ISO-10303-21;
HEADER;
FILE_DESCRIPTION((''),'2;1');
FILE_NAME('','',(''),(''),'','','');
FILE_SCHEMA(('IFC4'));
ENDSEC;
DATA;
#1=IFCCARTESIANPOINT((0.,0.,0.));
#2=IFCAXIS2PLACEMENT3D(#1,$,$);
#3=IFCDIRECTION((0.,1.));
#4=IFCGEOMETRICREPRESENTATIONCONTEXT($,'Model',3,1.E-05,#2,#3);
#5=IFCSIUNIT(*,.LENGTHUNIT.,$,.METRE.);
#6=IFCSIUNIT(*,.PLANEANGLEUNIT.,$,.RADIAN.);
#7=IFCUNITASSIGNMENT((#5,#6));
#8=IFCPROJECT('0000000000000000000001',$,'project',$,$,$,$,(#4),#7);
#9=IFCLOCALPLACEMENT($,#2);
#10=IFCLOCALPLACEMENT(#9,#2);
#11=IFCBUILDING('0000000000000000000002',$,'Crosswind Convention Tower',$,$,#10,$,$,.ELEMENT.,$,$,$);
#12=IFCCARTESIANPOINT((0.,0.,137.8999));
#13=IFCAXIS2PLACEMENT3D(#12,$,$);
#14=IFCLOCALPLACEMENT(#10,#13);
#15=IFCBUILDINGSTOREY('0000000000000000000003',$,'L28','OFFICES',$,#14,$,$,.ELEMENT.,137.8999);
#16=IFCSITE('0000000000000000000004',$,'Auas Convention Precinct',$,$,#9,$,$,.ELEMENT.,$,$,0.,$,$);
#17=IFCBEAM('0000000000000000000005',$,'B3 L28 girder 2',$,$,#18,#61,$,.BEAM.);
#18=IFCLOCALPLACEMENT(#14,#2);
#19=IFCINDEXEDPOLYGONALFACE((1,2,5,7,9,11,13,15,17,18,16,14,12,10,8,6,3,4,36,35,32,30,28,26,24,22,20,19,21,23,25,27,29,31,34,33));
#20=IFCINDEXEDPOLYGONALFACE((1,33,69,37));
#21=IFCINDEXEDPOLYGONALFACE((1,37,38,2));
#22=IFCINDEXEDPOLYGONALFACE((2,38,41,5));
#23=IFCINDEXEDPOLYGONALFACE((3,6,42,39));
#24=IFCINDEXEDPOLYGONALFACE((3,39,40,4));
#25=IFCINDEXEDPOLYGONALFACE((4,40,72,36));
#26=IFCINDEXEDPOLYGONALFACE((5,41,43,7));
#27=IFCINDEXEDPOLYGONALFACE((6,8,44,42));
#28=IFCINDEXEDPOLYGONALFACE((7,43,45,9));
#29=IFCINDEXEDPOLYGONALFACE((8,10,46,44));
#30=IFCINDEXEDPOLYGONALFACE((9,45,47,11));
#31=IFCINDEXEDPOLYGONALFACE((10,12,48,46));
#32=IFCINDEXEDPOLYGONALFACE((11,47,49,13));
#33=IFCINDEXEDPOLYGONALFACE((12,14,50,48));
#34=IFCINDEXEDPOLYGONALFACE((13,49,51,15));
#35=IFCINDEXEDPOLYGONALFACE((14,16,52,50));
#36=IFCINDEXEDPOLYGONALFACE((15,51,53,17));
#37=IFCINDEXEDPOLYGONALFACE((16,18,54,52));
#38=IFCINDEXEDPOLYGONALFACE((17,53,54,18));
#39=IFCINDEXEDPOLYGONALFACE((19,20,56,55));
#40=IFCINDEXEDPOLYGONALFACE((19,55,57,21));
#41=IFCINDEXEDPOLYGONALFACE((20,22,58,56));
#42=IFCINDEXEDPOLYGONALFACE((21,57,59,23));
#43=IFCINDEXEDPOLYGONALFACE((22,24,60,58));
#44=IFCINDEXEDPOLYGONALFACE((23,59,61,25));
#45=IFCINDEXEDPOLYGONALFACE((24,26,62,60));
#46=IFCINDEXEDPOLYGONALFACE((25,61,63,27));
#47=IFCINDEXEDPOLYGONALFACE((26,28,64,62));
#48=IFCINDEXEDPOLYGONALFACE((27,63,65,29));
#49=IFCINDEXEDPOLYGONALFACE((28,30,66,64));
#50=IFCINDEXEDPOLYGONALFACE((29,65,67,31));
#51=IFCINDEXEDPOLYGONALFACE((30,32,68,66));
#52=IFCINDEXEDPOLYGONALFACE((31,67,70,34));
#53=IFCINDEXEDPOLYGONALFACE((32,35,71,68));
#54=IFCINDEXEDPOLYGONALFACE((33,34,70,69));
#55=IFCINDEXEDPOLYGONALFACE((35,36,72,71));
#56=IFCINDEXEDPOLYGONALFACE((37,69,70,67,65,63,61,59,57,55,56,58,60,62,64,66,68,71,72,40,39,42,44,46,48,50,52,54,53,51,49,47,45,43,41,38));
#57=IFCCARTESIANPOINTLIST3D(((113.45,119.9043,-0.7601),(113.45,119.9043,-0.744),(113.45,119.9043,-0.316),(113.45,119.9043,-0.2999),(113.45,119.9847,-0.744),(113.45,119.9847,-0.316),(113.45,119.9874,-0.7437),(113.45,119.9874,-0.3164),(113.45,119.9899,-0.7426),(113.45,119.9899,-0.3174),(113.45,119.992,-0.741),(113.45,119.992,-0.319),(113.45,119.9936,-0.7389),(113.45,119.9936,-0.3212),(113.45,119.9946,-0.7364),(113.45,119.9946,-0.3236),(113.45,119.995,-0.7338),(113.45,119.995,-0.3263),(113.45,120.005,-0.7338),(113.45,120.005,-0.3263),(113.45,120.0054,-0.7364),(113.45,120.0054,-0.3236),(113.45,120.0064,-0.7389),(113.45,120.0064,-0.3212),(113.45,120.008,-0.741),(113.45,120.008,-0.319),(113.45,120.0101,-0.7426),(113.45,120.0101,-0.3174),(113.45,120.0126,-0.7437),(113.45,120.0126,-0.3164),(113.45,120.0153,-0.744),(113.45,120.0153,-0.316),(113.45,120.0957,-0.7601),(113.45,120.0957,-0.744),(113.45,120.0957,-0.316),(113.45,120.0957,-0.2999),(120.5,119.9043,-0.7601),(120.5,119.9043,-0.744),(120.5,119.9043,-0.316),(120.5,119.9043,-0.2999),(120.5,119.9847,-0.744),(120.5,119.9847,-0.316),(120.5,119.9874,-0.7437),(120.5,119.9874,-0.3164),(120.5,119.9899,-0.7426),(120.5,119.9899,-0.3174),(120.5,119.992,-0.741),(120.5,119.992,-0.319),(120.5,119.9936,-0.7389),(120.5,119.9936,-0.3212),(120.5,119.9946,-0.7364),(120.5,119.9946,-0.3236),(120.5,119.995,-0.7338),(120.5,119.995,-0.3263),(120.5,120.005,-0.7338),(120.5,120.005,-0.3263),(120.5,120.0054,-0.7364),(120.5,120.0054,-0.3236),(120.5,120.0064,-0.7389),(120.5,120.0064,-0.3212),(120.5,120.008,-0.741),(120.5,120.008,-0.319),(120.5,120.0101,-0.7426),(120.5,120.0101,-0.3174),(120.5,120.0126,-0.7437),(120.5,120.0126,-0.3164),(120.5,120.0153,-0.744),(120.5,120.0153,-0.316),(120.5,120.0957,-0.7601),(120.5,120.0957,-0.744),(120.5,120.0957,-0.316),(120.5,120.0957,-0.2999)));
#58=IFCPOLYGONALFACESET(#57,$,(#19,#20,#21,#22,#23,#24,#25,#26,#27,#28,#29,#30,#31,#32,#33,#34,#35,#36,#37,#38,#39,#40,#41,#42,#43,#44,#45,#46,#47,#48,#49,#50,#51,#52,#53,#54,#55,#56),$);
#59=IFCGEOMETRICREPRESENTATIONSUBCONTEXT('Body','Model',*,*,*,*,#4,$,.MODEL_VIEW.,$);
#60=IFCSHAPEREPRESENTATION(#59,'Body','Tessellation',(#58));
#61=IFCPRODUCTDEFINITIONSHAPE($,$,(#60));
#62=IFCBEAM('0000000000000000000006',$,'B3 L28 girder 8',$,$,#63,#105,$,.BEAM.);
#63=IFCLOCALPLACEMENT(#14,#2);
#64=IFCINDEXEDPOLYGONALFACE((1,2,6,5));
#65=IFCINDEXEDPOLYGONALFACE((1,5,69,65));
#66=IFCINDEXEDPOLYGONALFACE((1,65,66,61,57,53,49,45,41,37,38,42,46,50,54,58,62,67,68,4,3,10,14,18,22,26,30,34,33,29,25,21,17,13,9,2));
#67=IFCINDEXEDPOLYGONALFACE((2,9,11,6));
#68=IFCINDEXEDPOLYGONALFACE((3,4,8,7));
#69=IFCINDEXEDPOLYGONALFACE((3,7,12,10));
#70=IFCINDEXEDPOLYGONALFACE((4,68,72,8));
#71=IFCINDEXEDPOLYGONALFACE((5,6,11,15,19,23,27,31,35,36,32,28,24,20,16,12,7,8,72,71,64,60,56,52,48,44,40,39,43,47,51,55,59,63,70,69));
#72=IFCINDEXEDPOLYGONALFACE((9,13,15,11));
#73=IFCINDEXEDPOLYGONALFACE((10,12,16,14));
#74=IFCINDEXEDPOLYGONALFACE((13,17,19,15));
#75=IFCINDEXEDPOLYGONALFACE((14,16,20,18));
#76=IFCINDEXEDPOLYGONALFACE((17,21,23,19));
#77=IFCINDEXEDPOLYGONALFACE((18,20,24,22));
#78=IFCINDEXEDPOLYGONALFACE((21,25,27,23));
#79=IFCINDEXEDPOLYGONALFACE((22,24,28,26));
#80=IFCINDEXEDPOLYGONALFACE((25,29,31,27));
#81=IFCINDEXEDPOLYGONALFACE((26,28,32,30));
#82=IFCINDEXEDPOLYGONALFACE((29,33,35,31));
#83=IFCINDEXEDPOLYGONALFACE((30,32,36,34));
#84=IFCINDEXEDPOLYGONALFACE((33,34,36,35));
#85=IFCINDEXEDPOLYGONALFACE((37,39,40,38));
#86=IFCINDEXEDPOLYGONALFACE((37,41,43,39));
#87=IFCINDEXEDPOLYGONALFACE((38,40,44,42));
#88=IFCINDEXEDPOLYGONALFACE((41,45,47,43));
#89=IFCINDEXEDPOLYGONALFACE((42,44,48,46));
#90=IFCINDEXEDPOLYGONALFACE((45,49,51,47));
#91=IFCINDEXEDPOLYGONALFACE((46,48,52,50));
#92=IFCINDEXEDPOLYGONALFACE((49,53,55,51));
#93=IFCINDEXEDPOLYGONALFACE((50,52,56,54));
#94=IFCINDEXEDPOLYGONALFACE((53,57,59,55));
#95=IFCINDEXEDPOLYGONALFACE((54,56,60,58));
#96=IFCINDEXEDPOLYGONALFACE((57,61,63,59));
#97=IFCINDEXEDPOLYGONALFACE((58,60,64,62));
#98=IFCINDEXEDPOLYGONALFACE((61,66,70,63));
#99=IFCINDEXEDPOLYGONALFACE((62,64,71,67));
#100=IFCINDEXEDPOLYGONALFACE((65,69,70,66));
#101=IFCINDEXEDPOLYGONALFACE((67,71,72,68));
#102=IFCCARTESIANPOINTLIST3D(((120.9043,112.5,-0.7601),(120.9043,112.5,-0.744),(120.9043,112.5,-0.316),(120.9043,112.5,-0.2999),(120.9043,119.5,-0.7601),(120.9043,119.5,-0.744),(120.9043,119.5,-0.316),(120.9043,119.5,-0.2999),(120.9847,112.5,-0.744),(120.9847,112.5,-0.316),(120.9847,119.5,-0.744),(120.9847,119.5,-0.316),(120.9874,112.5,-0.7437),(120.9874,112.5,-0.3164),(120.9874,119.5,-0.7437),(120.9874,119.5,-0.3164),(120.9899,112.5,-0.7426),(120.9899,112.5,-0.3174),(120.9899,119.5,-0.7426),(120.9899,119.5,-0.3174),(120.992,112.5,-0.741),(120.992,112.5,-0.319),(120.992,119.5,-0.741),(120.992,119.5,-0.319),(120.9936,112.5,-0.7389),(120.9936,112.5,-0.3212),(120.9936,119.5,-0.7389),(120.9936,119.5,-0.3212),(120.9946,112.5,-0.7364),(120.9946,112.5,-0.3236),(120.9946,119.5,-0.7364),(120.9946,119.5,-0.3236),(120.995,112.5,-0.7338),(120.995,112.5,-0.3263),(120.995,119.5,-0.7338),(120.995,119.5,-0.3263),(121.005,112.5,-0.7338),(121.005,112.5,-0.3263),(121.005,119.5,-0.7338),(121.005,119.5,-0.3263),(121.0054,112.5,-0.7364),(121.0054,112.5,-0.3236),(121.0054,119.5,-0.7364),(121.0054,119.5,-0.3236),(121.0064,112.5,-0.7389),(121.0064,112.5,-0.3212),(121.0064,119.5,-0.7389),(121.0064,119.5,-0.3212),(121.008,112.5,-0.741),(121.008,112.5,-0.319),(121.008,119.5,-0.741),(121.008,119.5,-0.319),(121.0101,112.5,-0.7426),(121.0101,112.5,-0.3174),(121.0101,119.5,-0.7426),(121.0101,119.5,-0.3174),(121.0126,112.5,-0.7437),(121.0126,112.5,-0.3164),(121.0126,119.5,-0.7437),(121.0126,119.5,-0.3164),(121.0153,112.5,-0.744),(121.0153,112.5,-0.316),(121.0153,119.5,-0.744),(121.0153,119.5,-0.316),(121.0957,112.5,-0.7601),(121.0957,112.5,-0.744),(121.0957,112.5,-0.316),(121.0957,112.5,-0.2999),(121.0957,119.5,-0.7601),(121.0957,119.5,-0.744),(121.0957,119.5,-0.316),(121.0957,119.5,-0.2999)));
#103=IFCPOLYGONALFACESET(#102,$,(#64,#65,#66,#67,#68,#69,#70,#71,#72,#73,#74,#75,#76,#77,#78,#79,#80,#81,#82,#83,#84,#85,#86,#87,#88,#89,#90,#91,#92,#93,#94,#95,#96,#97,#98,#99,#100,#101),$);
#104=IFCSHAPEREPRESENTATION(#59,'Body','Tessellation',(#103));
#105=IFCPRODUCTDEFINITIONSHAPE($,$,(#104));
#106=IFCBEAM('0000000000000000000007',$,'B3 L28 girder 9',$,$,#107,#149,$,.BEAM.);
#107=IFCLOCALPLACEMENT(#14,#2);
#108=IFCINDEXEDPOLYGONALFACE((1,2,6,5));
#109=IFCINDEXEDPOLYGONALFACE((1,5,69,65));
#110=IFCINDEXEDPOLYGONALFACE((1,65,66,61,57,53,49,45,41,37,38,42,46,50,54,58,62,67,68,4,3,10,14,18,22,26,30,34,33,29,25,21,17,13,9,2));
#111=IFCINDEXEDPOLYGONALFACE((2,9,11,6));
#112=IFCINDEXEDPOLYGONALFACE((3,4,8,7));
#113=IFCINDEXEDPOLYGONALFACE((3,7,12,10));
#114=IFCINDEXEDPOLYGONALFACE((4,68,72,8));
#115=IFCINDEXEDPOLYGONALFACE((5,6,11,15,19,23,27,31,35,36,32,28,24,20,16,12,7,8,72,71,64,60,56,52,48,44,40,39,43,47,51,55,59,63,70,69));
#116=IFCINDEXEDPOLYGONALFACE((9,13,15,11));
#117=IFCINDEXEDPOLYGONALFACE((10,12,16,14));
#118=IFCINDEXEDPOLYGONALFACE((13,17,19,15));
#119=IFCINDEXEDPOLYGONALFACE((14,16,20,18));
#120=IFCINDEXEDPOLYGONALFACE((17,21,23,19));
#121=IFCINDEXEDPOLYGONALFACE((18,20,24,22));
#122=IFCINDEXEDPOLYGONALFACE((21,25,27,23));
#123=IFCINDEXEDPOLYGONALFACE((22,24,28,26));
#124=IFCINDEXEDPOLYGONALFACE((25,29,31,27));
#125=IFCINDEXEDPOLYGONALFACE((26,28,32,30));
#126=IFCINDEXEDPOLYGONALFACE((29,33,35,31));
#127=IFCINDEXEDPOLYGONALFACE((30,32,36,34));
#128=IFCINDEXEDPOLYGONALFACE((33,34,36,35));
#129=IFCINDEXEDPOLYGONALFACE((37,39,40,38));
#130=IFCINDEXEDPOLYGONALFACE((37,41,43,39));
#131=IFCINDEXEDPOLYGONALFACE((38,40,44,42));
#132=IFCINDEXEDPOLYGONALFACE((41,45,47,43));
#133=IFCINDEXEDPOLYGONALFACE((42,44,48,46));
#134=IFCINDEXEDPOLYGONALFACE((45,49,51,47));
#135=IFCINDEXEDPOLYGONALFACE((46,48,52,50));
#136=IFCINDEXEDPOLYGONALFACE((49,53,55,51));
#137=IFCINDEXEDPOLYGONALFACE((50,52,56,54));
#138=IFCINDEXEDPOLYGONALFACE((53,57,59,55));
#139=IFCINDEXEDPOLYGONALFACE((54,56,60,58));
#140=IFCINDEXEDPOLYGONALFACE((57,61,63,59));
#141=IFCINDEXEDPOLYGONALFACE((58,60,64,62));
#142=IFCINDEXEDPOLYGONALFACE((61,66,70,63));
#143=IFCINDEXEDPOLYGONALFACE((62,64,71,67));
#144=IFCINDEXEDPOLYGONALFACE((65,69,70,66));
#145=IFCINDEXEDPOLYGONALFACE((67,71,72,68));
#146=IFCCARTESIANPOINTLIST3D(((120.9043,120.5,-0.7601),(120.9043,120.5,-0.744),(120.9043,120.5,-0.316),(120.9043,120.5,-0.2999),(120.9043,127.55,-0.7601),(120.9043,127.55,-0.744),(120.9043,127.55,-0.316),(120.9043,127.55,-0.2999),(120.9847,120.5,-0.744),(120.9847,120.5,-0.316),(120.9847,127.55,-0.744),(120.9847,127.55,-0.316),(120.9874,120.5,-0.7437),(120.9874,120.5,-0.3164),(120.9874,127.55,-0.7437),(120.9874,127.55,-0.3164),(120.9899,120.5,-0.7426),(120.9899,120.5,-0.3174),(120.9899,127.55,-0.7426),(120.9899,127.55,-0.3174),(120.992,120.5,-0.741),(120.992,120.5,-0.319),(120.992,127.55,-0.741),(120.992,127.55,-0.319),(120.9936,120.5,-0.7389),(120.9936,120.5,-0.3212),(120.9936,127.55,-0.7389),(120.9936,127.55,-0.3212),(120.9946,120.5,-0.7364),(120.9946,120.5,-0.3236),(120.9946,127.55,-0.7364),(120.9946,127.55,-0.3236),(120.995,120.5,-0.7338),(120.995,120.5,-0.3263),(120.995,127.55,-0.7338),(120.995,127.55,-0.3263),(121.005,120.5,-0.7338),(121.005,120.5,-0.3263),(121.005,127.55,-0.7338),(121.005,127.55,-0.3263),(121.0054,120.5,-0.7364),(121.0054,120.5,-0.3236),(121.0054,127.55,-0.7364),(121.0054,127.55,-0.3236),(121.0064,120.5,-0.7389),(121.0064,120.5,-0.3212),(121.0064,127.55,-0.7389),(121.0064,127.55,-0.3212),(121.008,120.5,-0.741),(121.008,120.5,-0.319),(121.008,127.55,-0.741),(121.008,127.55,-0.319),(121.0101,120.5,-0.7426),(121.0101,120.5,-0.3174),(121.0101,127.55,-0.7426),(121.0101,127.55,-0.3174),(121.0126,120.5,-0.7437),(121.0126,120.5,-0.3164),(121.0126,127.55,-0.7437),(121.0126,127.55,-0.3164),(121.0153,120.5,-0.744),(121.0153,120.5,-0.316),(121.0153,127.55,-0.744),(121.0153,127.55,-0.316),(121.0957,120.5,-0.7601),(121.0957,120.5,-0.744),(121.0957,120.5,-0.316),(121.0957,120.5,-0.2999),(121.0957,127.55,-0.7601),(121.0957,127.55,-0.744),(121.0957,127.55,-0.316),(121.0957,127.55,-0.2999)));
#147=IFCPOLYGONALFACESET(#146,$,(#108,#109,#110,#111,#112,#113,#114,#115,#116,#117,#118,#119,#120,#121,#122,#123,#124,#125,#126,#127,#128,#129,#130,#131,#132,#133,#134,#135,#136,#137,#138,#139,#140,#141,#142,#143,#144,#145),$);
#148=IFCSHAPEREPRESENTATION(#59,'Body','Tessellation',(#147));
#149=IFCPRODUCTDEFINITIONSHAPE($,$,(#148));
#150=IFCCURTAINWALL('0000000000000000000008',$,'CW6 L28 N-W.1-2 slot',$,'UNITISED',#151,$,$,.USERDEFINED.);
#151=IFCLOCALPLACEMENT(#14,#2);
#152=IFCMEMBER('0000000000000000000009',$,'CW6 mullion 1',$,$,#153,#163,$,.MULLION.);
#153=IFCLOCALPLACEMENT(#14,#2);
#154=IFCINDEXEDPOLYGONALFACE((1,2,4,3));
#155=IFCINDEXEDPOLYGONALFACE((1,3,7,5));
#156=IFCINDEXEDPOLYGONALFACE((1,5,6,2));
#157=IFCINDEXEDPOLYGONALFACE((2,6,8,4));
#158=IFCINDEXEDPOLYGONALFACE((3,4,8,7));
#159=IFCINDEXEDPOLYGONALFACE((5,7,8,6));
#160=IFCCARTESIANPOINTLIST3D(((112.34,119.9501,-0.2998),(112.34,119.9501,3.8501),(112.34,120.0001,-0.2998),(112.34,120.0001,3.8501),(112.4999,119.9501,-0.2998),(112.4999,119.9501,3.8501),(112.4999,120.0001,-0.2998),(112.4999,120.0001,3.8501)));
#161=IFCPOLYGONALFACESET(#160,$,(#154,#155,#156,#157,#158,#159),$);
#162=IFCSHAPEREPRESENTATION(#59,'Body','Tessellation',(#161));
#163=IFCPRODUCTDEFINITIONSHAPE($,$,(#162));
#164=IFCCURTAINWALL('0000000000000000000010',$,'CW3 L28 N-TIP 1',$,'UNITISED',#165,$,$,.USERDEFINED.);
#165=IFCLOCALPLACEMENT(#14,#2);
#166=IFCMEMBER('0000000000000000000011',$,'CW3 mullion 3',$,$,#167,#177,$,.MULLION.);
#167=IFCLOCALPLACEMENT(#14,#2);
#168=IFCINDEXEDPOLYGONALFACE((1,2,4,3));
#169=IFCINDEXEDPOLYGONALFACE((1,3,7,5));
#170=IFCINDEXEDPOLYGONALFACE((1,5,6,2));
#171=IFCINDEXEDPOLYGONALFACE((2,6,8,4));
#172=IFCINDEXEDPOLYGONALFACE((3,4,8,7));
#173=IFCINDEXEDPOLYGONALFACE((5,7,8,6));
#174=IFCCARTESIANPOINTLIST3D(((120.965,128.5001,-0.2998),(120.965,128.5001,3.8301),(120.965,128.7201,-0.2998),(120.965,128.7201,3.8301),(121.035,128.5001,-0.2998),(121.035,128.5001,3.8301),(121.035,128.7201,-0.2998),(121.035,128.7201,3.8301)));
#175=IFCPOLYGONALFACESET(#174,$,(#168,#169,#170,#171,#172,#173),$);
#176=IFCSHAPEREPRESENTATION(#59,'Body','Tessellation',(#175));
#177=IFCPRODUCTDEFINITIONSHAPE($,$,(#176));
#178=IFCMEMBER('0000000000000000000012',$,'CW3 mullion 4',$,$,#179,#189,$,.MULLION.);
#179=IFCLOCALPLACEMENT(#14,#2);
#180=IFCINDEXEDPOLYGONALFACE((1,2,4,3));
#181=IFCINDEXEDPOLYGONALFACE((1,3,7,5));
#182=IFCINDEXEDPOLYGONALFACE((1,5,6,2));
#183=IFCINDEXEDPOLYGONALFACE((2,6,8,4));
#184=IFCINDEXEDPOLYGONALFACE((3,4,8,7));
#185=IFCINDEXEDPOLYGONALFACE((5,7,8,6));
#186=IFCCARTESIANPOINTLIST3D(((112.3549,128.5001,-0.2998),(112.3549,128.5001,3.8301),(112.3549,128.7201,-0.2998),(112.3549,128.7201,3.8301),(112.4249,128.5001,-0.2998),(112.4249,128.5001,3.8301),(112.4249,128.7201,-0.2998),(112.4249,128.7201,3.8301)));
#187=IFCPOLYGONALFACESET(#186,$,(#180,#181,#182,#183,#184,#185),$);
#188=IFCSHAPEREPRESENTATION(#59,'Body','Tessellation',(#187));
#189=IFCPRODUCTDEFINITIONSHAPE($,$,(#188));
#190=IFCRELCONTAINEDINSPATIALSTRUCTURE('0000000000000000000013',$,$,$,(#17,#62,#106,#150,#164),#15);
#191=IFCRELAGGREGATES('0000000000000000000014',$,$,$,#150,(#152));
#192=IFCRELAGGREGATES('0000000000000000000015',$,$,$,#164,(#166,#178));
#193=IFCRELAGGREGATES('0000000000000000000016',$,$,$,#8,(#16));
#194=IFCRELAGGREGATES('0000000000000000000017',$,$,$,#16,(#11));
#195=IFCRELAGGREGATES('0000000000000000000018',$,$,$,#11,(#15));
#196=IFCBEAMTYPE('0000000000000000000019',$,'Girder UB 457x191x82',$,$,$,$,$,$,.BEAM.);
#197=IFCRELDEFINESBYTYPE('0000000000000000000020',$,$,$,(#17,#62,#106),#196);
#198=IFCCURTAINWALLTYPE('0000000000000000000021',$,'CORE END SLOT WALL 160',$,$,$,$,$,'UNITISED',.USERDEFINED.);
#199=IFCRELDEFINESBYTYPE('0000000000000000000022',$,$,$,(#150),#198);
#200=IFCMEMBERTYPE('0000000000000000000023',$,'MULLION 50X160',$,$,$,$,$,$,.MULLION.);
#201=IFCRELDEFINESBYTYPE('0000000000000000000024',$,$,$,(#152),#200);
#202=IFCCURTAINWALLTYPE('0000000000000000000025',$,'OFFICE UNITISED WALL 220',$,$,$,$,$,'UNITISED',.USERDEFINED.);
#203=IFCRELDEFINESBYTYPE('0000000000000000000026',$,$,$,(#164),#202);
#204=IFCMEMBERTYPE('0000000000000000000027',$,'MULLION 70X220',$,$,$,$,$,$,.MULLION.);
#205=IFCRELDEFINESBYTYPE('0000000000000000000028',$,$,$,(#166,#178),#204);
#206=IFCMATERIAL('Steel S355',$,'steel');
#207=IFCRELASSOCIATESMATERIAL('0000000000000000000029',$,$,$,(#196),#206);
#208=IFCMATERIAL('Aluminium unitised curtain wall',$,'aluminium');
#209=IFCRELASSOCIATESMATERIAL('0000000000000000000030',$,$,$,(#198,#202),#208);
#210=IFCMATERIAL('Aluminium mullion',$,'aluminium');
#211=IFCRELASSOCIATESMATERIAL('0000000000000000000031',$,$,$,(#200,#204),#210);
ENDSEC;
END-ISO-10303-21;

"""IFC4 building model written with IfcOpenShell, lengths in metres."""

from ifc_helpers import new_model, si_unit, direction, frame, origin, origin_2d, place, context, subcontext, project, spatial, rectangle, i_section, extrude, material, material_profile, profile_set, type_object, element, aggregate, save


model = new_model("IFC4")

# Units and contexts
model_context = context("Model", 3, precision=1e-05, world=origin(), true_north=direction((0.0, 1.0)))
body_context = subcontext(model_context, "Body", "Model", "MODEL_VIEW")
ifc_project = project(units=[si_unit("LENGTHUNIT", "METRE"), si_unit("PLANEANGLEUNIT", "RADIAN")], contexts=[model_context])

# Site, building, storey
site_placement = place(None, origin())
site = spatial("IfcSite", under=ifc_project, at=site_placement, Name="Auas Convention Precinct", CompositionType="ELEMENT", RefElevation=0.0)
building_placement = place(site_placement, origin())
building = spatial("IfcBuilding", under=site, at=building_placement, Name="Crosswind Convention Tower", CompositionType="ELEMENT")
storey_placement = place(building_placement, frame((0.0, 0.0, 137.8999)))
storey = spatial("IfcBuildingStorey", under=building, at=storey_placement, Name="L28", Description="OFFICES", CompositionType="ELEMENT", Elevation=137.8999)

# Beams
ifc_material_1 = material(Name="Steel S355", Category="steel")
ifc_material_profile_1 = material_profile(ifc_material_1, i_section(OverallWidth=0.1914, OverallDepth=0.4602, WebThickness=0.01, FlangeThickness=0.0161, FilletRadius=0.0103, at=origin_2d()), Name="UB 457x191x82")
ifc_profile_set_1 = profile_set([ifc_material_profile_1], Name="Steel S355")
beam_type_1 = type_object("IfcBeamType", Name="Girder UB 457x191x82", PredefinedType="BEAM", material=ifc_profile_set_1)
beam_1_placement = place(storey_placement, frame((113.45, 120.0, -0.53), z_axis=(1.0, 0.0, 0.0), x_axis=(0.0, 1.0, 0.0)))
element("IfcBeam", 1, at=beam_1_placement, inside=storey, type_object=beam_type_1, Name="B3 L28 girder 2", PredefinedType="BEAM", context=body_context, shape_type="SweptSolid", body=[
    extrude(i_section(OverallWidth=0.1914, OverallDepth=0.4602, WebThickness=0.01, FlangeThickness=0.0161, FilletRadius=0.0103, at=origin_2d()), origin(), (0.0, 0.0, 1.0), 7.05),
])
beam_2_placement = place(storey_placement, frame((121.0, 112.5, -0.53), z_axis=(0.0, 1.0, 0.0), x_axis=(-1.0, 0.0, 0.0)))
element("IfcBeam", 2, at=beam_2_placement, inside=storey, type_object=beam_type_1, Name="B3 L28 girder 8", PredefinedType="BEAM", context=body_context, shape_type="SweptSolid", body=[
    extrude(i_section(OverallWidth=0.1914, OverallDepth=0.4602, WebThickness=0.01, FlangeThickness=0.0161, FilletRadius=0.0103, at=origin_2d()), origin(), (0.0, 0.0, 1.0), 7.0),
])
beam_3_placement = place(storey_placement, frame((121.0, 120.5, -0.53), z_axis=(0.0, 1.0, 0.0), x_axis=(-1.0, 0.0, 0.0)))
element("IfcBeam", 3, at=beam_3_placement, inside=storey, type_object=beam_type_1, Name="B3 L28 girder 9", PredefinedType="BEAM", context=body_context, shape_type="SweptSolid", body=[
    extrude(i_section(OverallWidth=0.1914, OverallDepth=0.4602, WebThickness=0.01, FlangeThickness=0.0161, FilletRadius=0.0103, at=origin_2d()), origin(), (0.0, 0.0, 1.0), 7.05),
])

# Curtain wall, member
ifc_material_2 = material(Name="Aluminium unitised curtain wall", Category="aluminium")
curtain_wall_type_1 = type_object("IfcCurtainWallType", Name="CORE END SLOT WALL 160", ElementType="UNITISED", PredefinedType="USERDEFINED", material=ifc_material_2)
curtain_wall_1_placement = place(storey_placement, origin())
curtain_wall_1 = element("IfcCurtainWall", 4, at=curtain_wall_1_placement, inside=storey, type_object=curtain_wall_type_1, Name="CW6 L28 N-W.1-2 slot", ObjectType="UNITISED", PredefinedType="USERDEFINED")
ifc_material_3 = material(Name="Aluminium mullion", Category="aluminium")
ifc_material_profile_2 = material_profile(ifc_material_3, rectangle(XDim=0.1599, YDim=0.05, at=origin_2d()), Name="AL 160X50")
ifc_profile_set_2 = profile_set([ifc_material_profile_2], Name="Aluminium mullion")
member_type_1 = type_object("IfcMemberType", Name="MULLION 50X160", PredefinedType="MULLION", material=ifc_profile_set_2)
member_1_placement = place(storey_placement, frame((112.4199, 119.9751, -0.2998), z_axis=(0.0, 0.0, 1.0), x_axis=(-1.0, 0.0, 0.0)))
member_1 = element("IfcMember", 5, at=member_1_placement, type_object=member_type_1, Name="CW6 mullion 1", PredefinedType="MULLION", context=body_context, shape_type="SweptSolid", body=[
    extrude(rectangle(XDim=0.1599, YDim=0.05, at=origin_2d()), origin(), (0.0, 0.0, 1.0), 4.1499),
])

# Curtain wall, members
curtain_wall_type_2 = type_object("IfcCurtainWallType", Name="OFFICE UNITISED WALL 220", ElementType="UNITISED", PredefinedType="USERDEFINED", material=ifc_material_2)
curtain_wall_2_placement = place(storey_placement, origin())
curtain_wall_2 = element("IfcCurtainWall", 6, at=curtain_wall_2_placement, inside=storey, type_object=curtain_wall_type_2, Name="CW3 L28 N-TIP 1", ObjectType="UNITISED", PredefinedType="USERDEFINED")
ifc_material_profile_3 = material_profile(ifc_material_3, rectangle(XDim=0.22, YDim=0.0701, at=origin_2d()), Name="AL 220X70")
ifc_profile_set_3 = profile_set([ifc_material_profile_3], Name="Aluminium mullion")
member_type_2 = type_object("IfcMemberType", Name="MULLION 70X220", PredefinedType="MULLION", material=ifc_profile_set_3)
member_2_placement = place(storey_placement, frame((121.0, 128.6101, -0.2998), z_axis=(0.0, 0.0, 1.0), x_axis=(0.0, 1.0, 0.0)))
member_2 = element("IfcMember", 7, at=member_2_placement, type_object=member_type_2, Name="CW3 mullion 3", PredefinedType="MULLION", context=body_context, shape_type="SweptSolid", body=[
    extrude(rectangle(XDim=0.22, YDim=0.0701, at=origin_2d()), origin(), (0.0, 0.0, 1.0), 4.1299),
])
member_3_placement = place(storey_placement, frame((112.3899, 128.6101, -0.2998), z_axis=(0.0, 0.0, 1.0), x_axis=(0.0, 1.0, 0.0)))
member_3 = element("IfcMember", 8, at=member_3_placement, type_object=member_type_2, Name="CW3 mullion 4", PredefinedType="MULLION", context=body_context, shape_type="SweptSolid", body=[
    extrude(rectangle(XDim=0.22, YDim=0.0701, at=origin_2d()), origin(), (0.0, 0.0, 1.0), 4.1299),
])

aggregate(curtain_wall_1, [member_1])
aggregate(curtain_wall_2, [member_2, member_3])

save(model, "model.ifc")
